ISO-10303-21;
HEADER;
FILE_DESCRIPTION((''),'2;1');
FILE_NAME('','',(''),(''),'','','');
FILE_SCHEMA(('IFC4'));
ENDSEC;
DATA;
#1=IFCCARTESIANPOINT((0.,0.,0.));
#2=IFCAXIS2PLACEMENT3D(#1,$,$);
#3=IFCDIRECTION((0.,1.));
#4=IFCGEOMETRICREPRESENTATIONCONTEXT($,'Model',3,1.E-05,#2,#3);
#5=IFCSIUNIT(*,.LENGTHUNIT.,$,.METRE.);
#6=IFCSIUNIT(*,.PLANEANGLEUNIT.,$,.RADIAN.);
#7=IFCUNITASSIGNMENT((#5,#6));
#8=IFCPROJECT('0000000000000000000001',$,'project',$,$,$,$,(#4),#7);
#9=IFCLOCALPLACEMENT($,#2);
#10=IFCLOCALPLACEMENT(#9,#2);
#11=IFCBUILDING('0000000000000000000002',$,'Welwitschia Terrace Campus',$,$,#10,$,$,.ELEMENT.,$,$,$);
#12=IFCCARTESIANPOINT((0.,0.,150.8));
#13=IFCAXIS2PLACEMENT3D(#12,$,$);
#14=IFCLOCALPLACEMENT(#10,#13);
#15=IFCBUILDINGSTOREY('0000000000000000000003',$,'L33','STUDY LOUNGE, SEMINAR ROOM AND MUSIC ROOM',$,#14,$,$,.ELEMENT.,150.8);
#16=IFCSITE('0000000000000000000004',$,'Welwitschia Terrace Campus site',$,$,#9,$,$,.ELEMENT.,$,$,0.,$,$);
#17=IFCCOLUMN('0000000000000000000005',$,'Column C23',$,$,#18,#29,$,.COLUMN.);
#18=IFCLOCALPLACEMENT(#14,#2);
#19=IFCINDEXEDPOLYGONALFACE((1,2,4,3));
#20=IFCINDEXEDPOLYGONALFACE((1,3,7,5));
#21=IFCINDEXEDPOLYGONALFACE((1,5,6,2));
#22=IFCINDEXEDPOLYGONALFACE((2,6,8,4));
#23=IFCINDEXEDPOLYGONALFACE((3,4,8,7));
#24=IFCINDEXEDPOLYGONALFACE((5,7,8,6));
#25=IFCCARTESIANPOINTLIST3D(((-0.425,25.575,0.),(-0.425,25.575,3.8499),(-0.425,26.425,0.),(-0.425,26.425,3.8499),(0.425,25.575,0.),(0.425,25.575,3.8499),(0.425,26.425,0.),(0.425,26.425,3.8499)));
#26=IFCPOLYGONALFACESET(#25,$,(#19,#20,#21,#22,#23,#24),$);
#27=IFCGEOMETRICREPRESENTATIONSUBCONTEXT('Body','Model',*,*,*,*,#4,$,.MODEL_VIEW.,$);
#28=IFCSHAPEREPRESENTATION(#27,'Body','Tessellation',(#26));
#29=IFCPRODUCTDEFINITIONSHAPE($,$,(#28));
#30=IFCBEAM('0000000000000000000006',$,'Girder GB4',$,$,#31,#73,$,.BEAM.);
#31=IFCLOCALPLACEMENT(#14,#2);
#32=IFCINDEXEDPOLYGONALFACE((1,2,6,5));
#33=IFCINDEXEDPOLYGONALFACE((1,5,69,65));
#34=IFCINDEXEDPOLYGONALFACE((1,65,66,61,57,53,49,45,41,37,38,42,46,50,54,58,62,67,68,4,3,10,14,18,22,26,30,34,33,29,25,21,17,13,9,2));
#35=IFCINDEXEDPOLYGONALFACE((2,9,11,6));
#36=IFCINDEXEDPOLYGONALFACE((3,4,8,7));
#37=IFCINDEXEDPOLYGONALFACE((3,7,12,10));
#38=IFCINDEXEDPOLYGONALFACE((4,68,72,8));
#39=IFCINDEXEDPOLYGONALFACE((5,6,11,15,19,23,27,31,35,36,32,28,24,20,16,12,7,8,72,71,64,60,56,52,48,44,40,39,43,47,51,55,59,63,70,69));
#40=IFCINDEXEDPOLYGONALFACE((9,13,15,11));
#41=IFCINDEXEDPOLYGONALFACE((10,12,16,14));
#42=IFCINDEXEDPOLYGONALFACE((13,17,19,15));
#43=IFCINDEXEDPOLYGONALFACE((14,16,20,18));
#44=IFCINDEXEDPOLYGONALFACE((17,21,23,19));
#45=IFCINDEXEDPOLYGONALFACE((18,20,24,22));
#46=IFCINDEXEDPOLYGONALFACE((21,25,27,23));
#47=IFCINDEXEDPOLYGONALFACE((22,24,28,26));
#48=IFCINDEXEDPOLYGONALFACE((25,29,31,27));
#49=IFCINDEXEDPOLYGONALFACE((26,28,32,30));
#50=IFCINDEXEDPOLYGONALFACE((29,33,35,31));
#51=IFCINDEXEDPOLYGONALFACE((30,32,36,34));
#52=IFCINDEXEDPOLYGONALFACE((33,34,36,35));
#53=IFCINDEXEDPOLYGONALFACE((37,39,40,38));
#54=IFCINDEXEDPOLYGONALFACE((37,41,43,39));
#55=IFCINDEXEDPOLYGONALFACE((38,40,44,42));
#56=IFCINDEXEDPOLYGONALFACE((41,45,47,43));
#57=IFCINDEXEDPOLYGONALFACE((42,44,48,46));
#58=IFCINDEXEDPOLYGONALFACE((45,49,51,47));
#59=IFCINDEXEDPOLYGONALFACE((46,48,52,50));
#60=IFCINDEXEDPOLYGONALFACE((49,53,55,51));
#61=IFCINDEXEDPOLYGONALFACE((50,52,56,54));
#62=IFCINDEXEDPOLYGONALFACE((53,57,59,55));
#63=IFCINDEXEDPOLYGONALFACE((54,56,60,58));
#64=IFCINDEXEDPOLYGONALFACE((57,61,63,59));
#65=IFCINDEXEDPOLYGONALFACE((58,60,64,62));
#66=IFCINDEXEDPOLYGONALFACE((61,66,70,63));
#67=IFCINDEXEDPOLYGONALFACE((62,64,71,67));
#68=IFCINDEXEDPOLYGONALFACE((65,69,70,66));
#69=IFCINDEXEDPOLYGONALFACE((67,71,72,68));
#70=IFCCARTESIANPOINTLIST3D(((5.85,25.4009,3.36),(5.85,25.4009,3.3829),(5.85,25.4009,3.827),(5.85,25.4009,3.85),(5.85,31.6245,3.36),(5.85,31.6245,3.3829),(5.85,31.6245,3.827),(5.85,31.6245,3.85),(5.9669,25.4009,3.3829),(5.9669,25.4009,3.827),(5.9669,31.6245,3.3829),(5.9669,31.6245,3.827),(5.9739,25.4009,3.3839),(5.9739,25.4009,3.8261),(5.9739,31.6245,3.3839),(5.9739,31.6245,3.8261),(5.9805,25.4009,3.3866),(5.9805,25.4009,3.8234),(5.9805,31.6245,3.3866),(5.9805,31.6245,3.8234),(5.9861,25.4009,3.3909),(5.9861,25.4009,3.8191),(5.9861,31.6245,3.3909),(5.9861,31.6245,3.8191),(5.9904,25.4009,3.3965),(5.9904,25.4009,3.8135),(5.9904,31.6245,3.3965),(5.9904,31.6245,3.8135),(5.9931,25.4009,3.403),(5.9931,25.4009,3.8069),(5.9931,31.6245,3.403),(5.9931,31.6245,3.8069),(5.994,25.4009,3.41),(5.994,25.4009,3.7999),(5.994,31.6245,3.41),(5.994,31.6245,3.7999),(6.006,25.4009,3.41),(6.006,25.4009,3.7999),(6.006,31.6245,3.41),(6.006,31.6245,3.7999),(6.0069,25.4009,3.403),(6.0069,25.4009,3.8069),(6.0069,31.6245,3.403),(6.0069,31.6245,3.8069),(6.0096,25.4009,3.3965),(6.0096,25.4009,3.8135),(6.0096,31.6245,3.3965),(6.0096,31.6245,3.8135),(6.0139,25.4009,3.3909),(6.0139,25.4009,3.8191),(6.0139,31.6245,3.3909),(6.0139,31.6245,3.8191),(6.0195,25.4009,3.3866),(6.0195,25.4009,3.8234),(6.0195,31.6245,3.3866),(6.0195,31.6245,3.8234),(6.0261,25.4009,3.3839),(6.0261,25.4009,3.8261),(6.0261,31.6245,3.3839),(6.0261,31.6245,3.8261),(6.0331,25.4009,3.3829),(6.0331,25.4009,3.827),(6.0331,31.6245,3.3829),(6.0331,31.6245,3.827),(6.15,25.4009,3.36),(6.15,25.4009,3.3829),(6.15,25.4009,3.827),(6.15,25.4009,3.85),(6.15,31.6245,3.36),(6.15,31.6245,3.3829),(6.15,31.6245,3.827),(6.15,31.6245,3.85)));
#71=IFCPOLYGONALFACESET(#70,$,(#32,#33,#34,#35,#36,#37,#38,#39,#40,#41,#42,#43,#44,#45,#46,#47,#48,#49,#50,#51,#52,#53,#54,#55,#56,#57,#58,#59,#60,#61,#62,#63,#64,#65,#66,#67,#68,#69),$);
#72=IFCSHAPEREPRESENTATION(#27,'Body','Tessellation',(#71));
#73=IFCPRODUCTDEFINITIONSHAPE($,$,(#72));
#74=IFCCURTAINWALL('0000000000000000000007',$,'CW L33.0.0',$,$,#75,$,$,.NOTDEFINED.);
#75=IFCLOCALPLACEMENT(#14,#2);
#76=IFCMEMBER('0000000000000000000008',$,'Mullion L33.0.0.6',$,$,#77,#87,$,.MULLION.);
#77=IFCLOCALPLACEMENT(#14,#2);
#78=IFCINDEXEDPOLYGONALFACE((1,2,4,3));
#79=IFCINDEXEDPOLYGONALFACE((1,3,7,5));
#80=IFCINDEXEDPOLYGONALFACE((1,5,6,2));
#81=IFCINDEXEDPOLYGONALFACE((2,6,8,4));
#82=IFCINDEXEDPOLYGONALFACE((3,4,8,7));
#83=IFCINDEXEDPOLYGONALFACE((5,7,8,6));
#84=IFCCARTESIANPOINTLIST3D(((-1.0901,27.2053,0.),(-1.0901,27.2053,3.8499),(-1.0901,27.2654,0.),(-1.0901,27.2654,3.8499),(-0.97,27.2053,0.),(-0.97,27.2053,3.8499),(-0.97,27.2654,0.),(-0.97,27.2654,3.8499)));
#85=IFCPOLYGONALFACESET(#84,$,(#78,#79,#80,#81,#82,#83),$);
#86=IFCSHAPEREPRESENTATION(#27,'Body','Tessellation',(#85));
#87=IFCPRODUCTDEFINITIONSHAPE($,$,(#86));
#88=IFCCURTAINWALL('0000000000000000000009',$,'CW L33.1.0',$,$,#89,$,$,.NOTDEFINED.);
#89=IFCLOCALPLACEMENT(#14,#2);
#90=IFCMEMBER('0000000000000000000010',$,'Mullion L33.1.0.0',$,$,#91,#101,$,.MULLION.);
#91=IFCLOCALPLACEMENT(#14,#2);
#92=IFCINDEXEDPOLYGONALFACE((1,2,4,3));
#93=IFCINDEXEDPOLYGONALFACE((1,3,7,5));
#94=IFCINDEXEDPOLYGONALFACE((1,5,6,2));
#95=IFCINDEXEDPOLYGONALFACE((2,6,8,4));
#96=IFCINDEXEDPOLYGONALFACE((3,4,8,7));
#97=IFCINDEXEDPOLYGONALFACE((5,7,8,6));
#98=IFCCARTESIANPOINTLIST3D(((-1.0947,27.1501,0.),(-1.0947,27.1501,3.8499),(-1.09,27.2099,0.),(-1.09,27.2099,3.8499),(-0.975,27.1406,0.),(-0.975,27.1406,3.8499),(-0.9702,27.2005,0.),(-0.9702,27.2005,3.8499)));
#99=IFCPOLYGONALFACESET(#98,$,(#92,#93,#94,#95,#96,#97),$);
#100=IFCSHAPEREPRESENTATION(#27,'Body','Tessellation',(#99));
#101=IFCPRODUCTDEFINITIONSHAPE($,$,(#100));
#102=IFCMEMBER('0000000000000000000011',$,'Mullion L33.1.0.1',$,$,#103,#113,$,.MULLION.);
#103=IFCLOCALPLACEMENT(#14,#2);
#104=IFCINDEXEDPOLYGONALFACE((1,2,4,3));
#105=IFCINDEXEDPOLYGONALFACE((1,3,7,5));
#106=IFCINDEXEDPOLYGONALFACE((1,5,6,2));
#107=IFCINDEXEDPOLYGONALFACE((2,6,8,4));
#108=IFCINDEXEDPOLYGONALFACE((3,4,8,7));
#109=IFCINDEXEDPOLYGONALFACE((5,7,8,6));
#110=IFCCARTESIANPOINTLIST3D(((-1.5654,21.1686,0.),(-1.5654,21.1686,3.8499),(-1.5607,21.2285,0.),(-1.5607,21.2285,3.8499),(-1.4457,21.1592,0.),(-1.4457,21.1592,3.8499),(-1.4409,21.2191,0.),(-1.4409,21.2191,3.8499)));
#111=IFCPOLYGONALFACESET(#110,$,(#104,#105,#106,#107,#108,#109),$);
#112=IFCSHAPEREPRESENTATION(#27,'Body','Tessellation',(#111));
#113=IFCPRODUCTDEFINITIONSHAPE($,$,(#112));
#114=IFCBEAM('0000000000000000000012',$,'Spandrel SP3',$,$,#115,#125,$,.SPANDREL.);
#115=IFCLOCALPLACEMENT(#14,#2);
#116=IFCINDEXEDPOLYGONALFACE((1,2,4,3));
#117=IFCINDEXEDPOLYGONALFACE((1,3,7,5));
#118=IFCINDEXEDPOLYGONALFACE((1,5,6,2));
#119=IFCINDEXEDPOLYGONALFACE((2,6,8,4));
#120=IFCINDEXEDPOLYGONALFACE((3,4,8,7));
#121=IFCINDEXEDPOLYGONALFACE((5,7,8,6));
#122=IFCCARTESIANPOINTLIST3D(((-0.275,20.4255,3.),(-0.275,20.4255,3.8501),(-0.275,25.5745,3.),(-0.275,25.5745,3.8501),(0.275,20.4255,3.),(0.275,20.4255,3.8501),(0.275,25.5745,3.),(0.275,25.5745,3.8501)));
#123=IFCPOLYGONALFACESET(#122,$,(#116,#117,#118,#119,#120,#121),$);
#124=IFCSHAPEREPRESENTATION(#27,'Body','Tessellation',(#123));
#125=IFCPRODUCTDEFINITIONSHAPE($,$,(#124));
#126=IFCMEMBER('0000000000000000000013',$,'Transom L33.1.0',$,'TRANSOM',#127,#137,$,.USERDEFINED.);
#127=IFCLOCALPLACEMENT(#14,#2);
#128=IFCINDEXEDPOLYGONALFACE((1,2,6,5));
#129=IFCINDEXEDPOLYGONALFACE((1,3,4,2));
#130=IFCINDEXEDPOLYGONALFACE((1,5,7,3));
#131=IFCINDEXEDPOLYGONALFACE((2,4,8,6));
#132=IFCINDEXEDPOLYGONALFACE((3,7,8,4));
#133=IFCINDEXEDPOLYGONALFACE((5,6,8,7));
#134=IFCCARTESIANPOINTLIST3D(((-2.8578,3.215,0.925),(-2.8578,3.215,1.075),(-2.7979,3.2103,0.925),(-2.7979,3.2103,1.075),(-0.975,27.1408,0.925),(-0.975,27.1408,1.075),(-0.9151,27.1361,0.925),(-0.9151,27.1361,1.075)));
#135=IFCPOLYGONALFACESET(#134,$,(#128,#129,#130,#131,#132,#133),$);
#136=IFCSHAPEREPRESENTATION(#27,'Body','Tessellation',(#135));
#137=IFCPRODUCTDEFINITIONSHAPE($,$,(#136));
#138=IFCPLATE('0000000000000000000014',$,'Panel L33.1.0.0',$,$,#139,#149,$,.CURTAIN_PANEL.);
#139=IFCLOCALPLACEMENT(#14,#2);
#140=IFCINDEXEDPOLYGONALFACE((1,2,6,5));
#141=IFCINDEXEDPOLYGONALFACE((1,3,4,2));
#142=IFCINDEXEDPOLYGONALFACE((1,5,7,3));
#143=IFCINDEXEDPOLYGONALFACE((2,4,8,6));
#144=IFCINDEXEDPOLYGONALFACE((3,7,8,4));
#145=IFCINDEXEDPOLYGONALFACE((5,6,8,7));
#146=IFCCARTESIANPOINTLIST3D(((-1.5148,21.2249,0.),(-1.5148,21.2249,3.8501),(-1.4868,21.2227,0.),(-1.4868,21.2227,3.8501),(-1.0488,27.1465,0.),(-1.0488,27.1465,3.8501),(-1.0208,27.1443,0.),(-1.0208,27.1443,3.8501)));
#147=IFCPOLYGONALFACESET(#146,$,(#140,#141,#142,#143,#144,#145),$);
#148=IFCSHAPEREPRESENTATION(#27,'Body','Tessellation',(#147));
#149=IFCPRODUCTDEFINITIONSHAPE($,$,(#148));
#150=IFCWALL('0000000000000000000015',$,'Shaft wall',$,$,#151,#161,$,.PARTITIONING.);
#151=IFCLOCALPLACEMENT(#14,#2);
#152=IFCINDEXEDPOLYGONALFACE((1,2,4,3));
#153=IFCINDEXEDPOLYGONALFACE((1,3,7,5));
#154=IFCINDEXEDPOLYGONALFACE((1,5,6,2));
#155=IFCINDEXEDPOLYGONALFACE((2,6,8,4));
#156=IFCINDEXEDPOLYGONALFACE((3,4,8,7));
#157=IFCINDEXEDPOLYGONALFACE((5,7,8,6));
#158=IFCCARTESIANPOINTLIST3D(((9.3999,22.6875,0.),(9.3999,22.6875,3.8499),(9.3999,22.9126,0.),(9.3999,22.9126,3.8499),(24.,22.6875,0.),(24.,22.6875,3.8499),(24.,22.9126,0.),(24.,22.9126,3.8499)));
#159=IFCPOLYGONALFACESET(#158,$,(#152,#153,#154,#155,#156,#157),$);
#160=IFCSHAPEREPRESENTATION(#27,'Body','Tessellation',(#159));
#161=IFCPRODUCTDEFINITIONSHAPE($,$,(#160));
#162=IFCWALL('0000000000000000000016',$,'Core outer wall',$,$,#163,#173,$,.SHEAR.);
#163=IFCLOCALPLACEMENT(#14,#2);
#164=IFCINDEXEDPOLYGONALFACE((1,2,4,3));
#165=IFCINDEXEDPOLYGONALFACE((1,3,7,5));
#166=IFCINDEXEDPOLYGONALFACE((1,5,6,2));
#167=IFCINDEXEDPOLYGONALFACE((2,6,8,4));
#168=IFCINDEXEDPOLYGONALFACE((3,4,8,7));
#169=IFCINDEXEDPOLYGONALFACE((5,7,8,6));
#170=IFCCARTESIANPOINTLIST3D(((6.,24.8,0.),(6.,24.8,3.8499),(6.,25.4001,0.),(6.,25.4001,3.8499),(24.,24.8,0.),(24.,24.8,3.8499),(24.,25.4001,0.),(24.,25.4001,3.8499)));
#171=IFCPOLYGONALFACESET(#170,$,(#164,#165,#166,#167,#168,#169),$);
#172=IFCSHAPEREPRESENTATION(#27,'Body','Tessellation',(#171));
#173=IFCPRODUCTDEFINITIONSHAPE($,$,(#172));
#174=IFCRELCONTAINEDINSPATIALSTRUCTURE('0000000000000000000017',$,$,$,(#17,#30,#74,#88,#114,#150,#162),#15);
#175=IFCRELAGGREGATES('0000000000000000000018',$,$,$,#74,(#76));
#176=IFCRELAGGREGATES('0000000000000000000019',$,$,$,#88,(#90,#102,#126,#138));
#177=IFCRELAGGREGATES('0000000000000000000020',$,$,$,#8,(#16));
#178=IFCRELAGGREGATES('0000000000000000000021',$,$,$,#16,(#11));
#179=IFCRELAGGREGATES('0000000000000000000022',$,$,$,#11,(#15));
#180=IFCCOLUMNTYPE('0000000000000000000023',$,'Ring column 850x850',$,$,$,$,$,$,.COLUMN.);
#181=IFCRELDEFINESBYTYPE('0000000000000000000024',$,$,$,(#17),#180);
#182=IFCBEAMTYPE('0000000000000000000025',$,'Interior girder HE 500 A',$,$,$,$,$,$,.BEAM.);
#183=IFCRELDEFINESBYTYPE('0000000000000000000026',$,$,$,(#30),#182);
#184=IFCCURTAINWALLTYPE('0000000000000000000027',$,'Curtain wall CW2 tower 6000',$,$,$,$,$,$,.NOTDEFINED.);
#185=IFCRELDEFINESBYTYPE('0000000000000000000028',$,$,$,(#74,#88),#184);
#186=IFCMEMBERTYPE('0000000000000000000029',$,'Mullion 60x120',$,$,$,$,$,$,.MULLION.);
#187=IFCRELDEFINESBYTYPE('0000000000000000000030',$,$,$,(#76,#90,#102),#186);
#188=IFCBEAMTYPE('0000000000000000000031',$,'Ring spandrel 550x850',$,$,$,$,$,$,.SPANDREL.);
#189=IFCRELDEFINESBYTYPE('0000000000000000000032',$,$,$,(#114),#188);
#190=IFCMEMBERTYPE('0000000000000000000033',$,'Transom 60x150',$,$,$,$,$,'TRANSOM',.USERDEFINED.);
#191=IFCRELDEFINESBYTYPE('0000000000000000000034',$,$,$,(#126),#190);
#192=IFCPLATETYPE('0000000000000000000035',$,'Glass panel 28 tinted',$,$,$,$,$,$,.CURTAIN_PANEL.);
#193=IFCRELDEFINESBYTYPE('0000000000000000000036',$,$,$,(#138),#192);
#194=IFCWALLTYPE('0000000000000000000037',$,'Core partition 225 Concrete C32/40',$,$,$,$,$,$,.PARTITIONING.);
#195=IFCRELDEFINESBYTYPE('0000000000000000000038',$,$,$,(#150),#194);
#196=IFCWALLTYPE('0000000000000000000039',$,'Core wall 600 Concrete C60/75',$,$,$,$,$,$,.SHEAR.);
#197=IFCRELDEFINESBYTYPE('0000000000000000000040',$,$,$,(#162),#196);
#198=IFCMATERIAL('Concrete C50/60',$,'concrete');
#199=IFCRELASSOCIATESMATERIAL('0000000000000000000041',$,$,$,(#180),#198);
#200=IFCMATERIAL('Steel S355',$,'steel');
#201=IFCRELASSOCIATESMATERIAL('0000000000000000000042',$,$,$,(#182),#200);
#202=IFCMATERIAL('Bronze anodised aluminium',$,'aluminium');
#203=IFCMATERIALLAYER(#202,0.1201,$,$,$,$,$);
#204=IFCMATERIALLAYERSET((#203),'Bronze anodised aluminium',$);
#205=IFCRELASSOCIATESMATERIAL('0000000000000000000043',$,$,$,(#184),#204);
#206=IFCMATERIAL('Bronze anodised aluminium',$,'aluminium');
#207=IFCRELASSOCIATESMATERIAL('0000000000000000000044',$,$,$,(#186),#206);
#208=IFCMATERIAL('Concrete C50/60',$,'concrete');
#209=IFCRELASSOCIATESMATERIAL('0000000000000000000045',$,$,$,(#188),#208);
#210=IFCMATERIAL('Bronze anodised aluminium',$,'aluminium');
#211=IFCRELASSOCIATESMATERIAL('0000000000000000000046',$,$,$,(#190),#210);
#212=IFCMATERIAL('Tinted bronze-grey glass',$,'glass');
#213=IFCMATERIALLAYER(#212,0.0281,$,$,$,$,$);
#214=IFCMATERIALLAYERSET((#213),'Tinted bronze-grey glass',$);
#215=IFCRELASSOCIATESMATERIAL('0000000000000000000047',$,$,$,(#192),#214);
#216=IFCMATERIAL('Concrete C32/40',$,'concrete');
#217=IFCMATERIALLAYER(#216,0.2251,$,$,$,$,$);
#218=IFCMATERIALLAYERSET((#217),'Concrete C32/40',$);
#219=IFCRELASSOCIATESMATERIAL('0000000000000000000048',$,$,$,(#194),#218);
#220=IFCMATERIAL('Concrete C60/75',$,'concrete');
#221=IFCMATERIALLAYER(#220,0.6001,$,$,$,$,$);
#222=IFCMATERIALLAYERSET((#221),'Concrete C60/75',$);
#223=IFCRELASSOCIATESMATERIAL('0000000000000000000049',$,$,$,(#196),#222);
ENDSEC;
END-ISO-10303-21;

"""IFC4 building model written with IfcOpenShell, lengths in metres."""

from ifc_helpers import new_model, si_unit, direction, frame, frame_2d, origin, origin_2d, place, context, subcontext, project, spatial, rectangle, i_section, extrude, material, layer, layer_set, material_profile, profile_set, type_object, element, aggregate, save


model = new_model("IFC4")

# Units and contexts
model_context = context("Model", 3, precision=1e-05, world=origin(), true_north=direction((0.0, 1.0)))
body_context = subcontext(model_context, "Body", "Model", "MODEL_VIEW")
ifc_project = project(units=[si_unit("LENGTHUNIT", "METRE"), si_unit("PLANEANGLEUNIT", "RADIAN")], contexts=[model_context])

# Site, building, storey
site_placement = place(None, origin())
site = spatial("IfcSite", under=ifc_project, at=site_placement, Name="Welwitschia Terrace Campus site", CompositionType="ELEMENT", RefElevation=0.0)
building_placement = place(site_placement, origin())
building = spatial("IfcBuilding", under=site, at=building_placement, Name="Welwitschia Terrace Campus", CompositionType="ELEMENT")
storey_placement = place(building_placement, frame((0.0, 0.0, 150.8)))
storey = spatial("IfcBuildingStorey", under=building, at=storey_placement, Name="L33", Description="STUDY LOUNGE, SEMINAR ROOM AND MUSIC ROOM", CompositionType="ELEMENT", Elevation=150.8)

# Column
ifc_material_1 = material(Name="Concrete C50/60", Category="concrete")
ifc_material_profile_1 = material_profile(ifc_material_1, rectangle(XDim=0.8501, YDim=0.8501, at=origin_2d()))
ifc_profile_set_1 = profile_set([ifc_material_profile_1], Name="Concrete C50/60")
column_type = type_object("IfcColumnType", Name="Ring column 850x850", PredefinedType="COLUMN", material=ifc_profile_set_1)
column_placement = place(storey_placement, frame((0.0, 26.0, 0.0), z_axis=(0.0, 0.0, 1.0), x_axis=(1.0, 0.0, 0.0)))
element("IfcColumn", 1, at=column_placement, inside=storey, type_object=column_type, Name="Column C23", PredefinedType="COLUMN", context=body_context, shape_type="SweptSolid", body=[
    extrude(rectangle(XDim=0.8501, YDim=0.8501, at=origin_2d()), origin(), (0.0, 0.0, 1.0), 3.8499),
])

# Beam
ifc_material_2 = material(Name="Steel S355", Category="steel")
ifc_material_profile_2 = material_profile(ifc_material_2, i_section(OverallWidth=0.3, OverallDepth=0.49, WebThickness=0.012, FlangeThickness=0.0229, FilletRadius=0.0271, at=origin_2d()))
ifc_profile_set_2 = profile_set([ifc_material_profile_2], Name="Steel S355")
beam_type_1 = type_object("IfcBeamType", Name="Interior girder HE 500 A", PredefinedType="BEAM", material=ifc_profile_set_2)
beam_1_placement = place(storey_placement, frame((6.0, 25.4009, 3.605), z_axis=(0.0, 1.0, 0.0), x_axis=(-1.0, 0.0, 0.0)))
element("IfcBeam", 2, at=beam_1_placement, inside=storey, type_object=beam_type_1, Name="Girder GB4", PredefinedType="BEAM", context=body_context, shape_type="SweptSolid", body=[
    extrude(i_section(OverallWidth=0.3, OverallDepth=0.49, WebThickness=0.012, FlangeThickness=0.0229, FilletRadius=0.0271, at=origin_2d()), origin(), (0.0, 0.0, 1.0), 6.2236),
])

# Curtain wall, member
ifc_material_3 = material(Name="Bronze anodised aluminium", Category="aluminium")
ifc_layer_1 = layer(ifc_material_3, 0.1201)
ifc_layer_set_1 = layer_set([ifc_layer_1], Name="Bronze anodised aluminium")
curtain_wall_type = type_object("IfcCurtainWallType", Name="Curtain wall CW2 tower 6000", PredefinedType="NOTDEFINED", material=ifc_layer_set_1)
curtain_wall_1_placement = place(storey_placement, origin())
curtain_wall_1 = element("IfcCurtainWall", 3, at=curtain_wall_1_placement, inside=storey, type_object=curtain_wall_type, Name="CW L33.0.0", PredefinedType="NOTDEFINED")
ifc_material_4 = material(Name="Bronze anodised aluminium", Category="aluminium")
ifc_material_profile_3 = material_profile(ifc_material_4, rectangle(XDim=0.1201, YDim=0.0601, at=origin_2d()))
ifc_profile_set_3 = profile_set([ifc_material_profile_3], Name="Bronze anodised aluminium")
member_type_1 = type_object("IfcMemberType", Name="Mullion 60x120", PredefinedType="MULLION", material=ifc_profile_set_3)
member_1_placement = place(storey_placement, frame((-1.03, 27.2354, 0.0), z_axis=(0.0, 0.0, 1.0), x_axis=(1.0, 0.0, 0.0)))
member_1 = element("IfcMember", 4, at=member_1_placement, type_object=member_type_1, Name="Mullion L33.0.0.6", PredefinedType="MULLION", context=body_context, shape_type="SweptSolid", body=[
    extrude(rectangle(XDim=0.1201, YDim=0.0601, at=origin_2d()), origin(), (0.0, 0.0, 1.0), 3.8499),
])
aggregate(curtain_wall_1, [member_1])

# Curtain wall, members
curtain_wall_2_placement = place(storey_placement, origin())
curtain_wall_2 = element("IfcCurtainWall", 5, at=curtain_wall_2_placement, inside=storey, type_object=curtain_wall_type, Name="CW L33.1.0", PredefinedType="NOTDEFINED")
member_2_placement = place(storey_placement, frame((-1.0325, 27.1753, 0.0), z_axis=(0.0, 0.0, 1.0), x_axis=(0.996917, -0.078459, 0.0)))
member_2 = element("IfcMember", 6, at=member_2_placement, type_object=member_type_1, Name="Mullion L33.1.0.0", PredefinedType="MULLION", context=body_context, shape_type="SweptSolid", body=[
    extrude(rectangle(XDim=0.1201, YDim=0.0601, at=origin_2d()), origin(), (0.0, 0.0, 1.0), 3.8499),
])
member_3_placement = place(storey_placement, frame((-1.5032, 21.1938, 0.0), z_axis=(0.0, 0.0, 1.0), x_axis=(0.996917, -0.078459, 0.0)))
member_3 = element("IfcMember", 7, at=member_3_placement, type_object=member_type_1, Name="Mullion L33.1.0.1", PredefinedType="MULLION", context=body_context, shape_type="SweptSolid", body=[
    extrude(rectangle(XDim=0.1201, YDim=0.0601, at=origin_2d()), origin(), (0.0, 0.0, 1.0), 3.8499),
])

# Beam
ifc_material_5 = material(Name="Concrete C50/60", Category="concrete")
ifc_material_profile_4 = material_profile(ifc_material_5, rectangle(XDim=0.55, YDim=0.8501, at=origin_2d()))
ifc_profile_set_4 = profile_set([ifc_material_profile_4], Name="Concrete C50/60")
beam_type_2 = type_object("IfcBeamType", Name="Ring spandrel 550x850", PredefinedType="SPANDREL", material=ifc_profile_set_4)
beam_2_placement = place(storey_placement, frame((0.0, 25.5745, 3.425), z_axis=(0.0, -1.0, 0.0), x_axis=(1.0, 0.0, 0.0)))
element("IfcBeam", 8, at=beam_2_placement, inside=storey, type_object=beam_type_2, Name="Spandrel SP3", PredefinedType="SPANDREL", context=body_context, shape_type="SweptSolid", body=[
    extrude(rectangle(XDim=0.55, YDim=0.8501, at=origin_2d()), origin(), (0.0, 0.0, 1.0), 5.1489),
])

# Member
ifc_material_6 = material(Name="Bronze anodised aluminium", Category="aluminium")
ifc_material_profile_5 = material_profile(ifc_material_6, rectangle(XDim=0.0601, YDim=0.1499, at=origin_2d()))
ifc_profile_set_5 = profile_set([ifc_material_profile_5], Name="Bronze anodised aluminium")
member_type_2 = type_object("IfcMemberType", Name="Transom 60x150", ElementType="TRANSOM", PredefinedType="USERDEFINED", material=ifc_profile_set_5)
member_4_placement = place(storey_placement, frame((-0.9451, 27.1384, 1.0), z_axis=(-0.078451, -0.996918, 0.0), x_axis=(0.996918, -0.078451, 0.0)))
member_4 = element("IfcMember", 9, at=member_4_placement, type_object=member_type_2, Name="Transom L33.1.0", ObjectType="TRANSOM", PredefinedType="USERDEFINED", context=body_context, shape_type="SweptSolid", body=[
    extrude(rectangle(XDim=0.0601, YDim=0.1499, at=origin_2d()), origin(), (0.0, 0.0, 1.0), 23.9998),
])

# Plate
ifc_material_7 = material(Name="Tinted bronze-grey glass", Category="glass")
ifc_layer_2 = layer(ifc_material_7, 0.0281)
ifc_layer_set_2 = layer_set([ifc_layer_2], Name="Tinted bronze-grey glass")
plate_type = type_object("IfcPlateType", Name="Glass panel 28 tinted", PredefinedType="CURTAIN_PANEL", material=ifc_layer_set_2)
plate_placement = place(storey_placement, frame((-1.2678, 24.1846, 0.0), z_axis=(0.0, 0.0, 1.0), x_axis=(-0.078459, -0.996917, 0.0)))
plate = element("IfcPlate", 10, at=plate_placement, type_object=plate_type, Name="Panel L33.1.0.0", PredefinedType="CURTAIN_PANEL", context=body_context, shape_type="SweptSolid", body=[
    extrude(rectangle(XDim=5.9399, YDim=0.0281, at=origin_2d()), origin(), (0.0, 0.0, 1.0), 3.8501),
])
aggregate(curtain_wall_2, [member_2, member_3, member_4, plate])

# Walls
ifc_material_8 = material(Name="Concrete C32/40", Category="concrete")
ifc_layer_3 = layer(ifc_material_8, 0.2251)
ifc_layer_set_3 = layer_set([ifc_layer_3], Name="Concrete C32/40")
wall_type_1 = type_object("IfcWallType", Name="Core partition 225 Concrete C32/40", PredefinedType="PARTITIONING", material=ifc_layer_set_3)
wall_1_placement = place(storey_placement, frame((9.3999, 22.8, 0.0), z_axis=(0.0, 0.0, 1.0), x_axis=(1.0, 0.0, 0.0)))
element("IfcWall", 11, at=wall_1_placement, inside=storey, type_object=wall_type_1, Name="Shaft wall", PredefinedType="PARTITIONING", context=body_context, shape_type="SweptSolid", body=[
    extrude(rectangle(XDim=14.6001, YDim=0.2251, at=frame_2d((7.3, 0.0))), origin(), (0.0, 0.0, 1.0), 3.8499),
])
ifc_material_9 = material(Name="Concrete C60/75", Category="concrete")
ifc_layer_4 = layer(ifc_material_9, 0.6001)
ifc_layer_set_4 = layer_set([ifc_layer_4], Name="Concrete C60/75")
wall_type_2 = type_object("IfcWallType", Name="Core wall 600 Concrete C60/75", PredefinedType="SHEAR", material=ifc_layer_set_4)
wall_2_placement = place(storey_placement, frame((6.0, 25.1001, 0.0), z_axis=(0.0, 0.0, 1.0), x_axis=(1.0, 0.0, 0.0)))
element("IfcWall", 12, at=wall_2_placement, inside=storey, type_object=wall_type_2, Name="Core outer wall", PredefinedType="SHEAR", context=body_context, shape_type="SweptSolid", body=[
    extrude(rectangle(XDim=18.0, YDim=0.6001, at=frame_2d((9.0, 0.0))), origin(), (0.0, 0.0, 1.0), 3.8499),
])

save(model, "model.ifc")
